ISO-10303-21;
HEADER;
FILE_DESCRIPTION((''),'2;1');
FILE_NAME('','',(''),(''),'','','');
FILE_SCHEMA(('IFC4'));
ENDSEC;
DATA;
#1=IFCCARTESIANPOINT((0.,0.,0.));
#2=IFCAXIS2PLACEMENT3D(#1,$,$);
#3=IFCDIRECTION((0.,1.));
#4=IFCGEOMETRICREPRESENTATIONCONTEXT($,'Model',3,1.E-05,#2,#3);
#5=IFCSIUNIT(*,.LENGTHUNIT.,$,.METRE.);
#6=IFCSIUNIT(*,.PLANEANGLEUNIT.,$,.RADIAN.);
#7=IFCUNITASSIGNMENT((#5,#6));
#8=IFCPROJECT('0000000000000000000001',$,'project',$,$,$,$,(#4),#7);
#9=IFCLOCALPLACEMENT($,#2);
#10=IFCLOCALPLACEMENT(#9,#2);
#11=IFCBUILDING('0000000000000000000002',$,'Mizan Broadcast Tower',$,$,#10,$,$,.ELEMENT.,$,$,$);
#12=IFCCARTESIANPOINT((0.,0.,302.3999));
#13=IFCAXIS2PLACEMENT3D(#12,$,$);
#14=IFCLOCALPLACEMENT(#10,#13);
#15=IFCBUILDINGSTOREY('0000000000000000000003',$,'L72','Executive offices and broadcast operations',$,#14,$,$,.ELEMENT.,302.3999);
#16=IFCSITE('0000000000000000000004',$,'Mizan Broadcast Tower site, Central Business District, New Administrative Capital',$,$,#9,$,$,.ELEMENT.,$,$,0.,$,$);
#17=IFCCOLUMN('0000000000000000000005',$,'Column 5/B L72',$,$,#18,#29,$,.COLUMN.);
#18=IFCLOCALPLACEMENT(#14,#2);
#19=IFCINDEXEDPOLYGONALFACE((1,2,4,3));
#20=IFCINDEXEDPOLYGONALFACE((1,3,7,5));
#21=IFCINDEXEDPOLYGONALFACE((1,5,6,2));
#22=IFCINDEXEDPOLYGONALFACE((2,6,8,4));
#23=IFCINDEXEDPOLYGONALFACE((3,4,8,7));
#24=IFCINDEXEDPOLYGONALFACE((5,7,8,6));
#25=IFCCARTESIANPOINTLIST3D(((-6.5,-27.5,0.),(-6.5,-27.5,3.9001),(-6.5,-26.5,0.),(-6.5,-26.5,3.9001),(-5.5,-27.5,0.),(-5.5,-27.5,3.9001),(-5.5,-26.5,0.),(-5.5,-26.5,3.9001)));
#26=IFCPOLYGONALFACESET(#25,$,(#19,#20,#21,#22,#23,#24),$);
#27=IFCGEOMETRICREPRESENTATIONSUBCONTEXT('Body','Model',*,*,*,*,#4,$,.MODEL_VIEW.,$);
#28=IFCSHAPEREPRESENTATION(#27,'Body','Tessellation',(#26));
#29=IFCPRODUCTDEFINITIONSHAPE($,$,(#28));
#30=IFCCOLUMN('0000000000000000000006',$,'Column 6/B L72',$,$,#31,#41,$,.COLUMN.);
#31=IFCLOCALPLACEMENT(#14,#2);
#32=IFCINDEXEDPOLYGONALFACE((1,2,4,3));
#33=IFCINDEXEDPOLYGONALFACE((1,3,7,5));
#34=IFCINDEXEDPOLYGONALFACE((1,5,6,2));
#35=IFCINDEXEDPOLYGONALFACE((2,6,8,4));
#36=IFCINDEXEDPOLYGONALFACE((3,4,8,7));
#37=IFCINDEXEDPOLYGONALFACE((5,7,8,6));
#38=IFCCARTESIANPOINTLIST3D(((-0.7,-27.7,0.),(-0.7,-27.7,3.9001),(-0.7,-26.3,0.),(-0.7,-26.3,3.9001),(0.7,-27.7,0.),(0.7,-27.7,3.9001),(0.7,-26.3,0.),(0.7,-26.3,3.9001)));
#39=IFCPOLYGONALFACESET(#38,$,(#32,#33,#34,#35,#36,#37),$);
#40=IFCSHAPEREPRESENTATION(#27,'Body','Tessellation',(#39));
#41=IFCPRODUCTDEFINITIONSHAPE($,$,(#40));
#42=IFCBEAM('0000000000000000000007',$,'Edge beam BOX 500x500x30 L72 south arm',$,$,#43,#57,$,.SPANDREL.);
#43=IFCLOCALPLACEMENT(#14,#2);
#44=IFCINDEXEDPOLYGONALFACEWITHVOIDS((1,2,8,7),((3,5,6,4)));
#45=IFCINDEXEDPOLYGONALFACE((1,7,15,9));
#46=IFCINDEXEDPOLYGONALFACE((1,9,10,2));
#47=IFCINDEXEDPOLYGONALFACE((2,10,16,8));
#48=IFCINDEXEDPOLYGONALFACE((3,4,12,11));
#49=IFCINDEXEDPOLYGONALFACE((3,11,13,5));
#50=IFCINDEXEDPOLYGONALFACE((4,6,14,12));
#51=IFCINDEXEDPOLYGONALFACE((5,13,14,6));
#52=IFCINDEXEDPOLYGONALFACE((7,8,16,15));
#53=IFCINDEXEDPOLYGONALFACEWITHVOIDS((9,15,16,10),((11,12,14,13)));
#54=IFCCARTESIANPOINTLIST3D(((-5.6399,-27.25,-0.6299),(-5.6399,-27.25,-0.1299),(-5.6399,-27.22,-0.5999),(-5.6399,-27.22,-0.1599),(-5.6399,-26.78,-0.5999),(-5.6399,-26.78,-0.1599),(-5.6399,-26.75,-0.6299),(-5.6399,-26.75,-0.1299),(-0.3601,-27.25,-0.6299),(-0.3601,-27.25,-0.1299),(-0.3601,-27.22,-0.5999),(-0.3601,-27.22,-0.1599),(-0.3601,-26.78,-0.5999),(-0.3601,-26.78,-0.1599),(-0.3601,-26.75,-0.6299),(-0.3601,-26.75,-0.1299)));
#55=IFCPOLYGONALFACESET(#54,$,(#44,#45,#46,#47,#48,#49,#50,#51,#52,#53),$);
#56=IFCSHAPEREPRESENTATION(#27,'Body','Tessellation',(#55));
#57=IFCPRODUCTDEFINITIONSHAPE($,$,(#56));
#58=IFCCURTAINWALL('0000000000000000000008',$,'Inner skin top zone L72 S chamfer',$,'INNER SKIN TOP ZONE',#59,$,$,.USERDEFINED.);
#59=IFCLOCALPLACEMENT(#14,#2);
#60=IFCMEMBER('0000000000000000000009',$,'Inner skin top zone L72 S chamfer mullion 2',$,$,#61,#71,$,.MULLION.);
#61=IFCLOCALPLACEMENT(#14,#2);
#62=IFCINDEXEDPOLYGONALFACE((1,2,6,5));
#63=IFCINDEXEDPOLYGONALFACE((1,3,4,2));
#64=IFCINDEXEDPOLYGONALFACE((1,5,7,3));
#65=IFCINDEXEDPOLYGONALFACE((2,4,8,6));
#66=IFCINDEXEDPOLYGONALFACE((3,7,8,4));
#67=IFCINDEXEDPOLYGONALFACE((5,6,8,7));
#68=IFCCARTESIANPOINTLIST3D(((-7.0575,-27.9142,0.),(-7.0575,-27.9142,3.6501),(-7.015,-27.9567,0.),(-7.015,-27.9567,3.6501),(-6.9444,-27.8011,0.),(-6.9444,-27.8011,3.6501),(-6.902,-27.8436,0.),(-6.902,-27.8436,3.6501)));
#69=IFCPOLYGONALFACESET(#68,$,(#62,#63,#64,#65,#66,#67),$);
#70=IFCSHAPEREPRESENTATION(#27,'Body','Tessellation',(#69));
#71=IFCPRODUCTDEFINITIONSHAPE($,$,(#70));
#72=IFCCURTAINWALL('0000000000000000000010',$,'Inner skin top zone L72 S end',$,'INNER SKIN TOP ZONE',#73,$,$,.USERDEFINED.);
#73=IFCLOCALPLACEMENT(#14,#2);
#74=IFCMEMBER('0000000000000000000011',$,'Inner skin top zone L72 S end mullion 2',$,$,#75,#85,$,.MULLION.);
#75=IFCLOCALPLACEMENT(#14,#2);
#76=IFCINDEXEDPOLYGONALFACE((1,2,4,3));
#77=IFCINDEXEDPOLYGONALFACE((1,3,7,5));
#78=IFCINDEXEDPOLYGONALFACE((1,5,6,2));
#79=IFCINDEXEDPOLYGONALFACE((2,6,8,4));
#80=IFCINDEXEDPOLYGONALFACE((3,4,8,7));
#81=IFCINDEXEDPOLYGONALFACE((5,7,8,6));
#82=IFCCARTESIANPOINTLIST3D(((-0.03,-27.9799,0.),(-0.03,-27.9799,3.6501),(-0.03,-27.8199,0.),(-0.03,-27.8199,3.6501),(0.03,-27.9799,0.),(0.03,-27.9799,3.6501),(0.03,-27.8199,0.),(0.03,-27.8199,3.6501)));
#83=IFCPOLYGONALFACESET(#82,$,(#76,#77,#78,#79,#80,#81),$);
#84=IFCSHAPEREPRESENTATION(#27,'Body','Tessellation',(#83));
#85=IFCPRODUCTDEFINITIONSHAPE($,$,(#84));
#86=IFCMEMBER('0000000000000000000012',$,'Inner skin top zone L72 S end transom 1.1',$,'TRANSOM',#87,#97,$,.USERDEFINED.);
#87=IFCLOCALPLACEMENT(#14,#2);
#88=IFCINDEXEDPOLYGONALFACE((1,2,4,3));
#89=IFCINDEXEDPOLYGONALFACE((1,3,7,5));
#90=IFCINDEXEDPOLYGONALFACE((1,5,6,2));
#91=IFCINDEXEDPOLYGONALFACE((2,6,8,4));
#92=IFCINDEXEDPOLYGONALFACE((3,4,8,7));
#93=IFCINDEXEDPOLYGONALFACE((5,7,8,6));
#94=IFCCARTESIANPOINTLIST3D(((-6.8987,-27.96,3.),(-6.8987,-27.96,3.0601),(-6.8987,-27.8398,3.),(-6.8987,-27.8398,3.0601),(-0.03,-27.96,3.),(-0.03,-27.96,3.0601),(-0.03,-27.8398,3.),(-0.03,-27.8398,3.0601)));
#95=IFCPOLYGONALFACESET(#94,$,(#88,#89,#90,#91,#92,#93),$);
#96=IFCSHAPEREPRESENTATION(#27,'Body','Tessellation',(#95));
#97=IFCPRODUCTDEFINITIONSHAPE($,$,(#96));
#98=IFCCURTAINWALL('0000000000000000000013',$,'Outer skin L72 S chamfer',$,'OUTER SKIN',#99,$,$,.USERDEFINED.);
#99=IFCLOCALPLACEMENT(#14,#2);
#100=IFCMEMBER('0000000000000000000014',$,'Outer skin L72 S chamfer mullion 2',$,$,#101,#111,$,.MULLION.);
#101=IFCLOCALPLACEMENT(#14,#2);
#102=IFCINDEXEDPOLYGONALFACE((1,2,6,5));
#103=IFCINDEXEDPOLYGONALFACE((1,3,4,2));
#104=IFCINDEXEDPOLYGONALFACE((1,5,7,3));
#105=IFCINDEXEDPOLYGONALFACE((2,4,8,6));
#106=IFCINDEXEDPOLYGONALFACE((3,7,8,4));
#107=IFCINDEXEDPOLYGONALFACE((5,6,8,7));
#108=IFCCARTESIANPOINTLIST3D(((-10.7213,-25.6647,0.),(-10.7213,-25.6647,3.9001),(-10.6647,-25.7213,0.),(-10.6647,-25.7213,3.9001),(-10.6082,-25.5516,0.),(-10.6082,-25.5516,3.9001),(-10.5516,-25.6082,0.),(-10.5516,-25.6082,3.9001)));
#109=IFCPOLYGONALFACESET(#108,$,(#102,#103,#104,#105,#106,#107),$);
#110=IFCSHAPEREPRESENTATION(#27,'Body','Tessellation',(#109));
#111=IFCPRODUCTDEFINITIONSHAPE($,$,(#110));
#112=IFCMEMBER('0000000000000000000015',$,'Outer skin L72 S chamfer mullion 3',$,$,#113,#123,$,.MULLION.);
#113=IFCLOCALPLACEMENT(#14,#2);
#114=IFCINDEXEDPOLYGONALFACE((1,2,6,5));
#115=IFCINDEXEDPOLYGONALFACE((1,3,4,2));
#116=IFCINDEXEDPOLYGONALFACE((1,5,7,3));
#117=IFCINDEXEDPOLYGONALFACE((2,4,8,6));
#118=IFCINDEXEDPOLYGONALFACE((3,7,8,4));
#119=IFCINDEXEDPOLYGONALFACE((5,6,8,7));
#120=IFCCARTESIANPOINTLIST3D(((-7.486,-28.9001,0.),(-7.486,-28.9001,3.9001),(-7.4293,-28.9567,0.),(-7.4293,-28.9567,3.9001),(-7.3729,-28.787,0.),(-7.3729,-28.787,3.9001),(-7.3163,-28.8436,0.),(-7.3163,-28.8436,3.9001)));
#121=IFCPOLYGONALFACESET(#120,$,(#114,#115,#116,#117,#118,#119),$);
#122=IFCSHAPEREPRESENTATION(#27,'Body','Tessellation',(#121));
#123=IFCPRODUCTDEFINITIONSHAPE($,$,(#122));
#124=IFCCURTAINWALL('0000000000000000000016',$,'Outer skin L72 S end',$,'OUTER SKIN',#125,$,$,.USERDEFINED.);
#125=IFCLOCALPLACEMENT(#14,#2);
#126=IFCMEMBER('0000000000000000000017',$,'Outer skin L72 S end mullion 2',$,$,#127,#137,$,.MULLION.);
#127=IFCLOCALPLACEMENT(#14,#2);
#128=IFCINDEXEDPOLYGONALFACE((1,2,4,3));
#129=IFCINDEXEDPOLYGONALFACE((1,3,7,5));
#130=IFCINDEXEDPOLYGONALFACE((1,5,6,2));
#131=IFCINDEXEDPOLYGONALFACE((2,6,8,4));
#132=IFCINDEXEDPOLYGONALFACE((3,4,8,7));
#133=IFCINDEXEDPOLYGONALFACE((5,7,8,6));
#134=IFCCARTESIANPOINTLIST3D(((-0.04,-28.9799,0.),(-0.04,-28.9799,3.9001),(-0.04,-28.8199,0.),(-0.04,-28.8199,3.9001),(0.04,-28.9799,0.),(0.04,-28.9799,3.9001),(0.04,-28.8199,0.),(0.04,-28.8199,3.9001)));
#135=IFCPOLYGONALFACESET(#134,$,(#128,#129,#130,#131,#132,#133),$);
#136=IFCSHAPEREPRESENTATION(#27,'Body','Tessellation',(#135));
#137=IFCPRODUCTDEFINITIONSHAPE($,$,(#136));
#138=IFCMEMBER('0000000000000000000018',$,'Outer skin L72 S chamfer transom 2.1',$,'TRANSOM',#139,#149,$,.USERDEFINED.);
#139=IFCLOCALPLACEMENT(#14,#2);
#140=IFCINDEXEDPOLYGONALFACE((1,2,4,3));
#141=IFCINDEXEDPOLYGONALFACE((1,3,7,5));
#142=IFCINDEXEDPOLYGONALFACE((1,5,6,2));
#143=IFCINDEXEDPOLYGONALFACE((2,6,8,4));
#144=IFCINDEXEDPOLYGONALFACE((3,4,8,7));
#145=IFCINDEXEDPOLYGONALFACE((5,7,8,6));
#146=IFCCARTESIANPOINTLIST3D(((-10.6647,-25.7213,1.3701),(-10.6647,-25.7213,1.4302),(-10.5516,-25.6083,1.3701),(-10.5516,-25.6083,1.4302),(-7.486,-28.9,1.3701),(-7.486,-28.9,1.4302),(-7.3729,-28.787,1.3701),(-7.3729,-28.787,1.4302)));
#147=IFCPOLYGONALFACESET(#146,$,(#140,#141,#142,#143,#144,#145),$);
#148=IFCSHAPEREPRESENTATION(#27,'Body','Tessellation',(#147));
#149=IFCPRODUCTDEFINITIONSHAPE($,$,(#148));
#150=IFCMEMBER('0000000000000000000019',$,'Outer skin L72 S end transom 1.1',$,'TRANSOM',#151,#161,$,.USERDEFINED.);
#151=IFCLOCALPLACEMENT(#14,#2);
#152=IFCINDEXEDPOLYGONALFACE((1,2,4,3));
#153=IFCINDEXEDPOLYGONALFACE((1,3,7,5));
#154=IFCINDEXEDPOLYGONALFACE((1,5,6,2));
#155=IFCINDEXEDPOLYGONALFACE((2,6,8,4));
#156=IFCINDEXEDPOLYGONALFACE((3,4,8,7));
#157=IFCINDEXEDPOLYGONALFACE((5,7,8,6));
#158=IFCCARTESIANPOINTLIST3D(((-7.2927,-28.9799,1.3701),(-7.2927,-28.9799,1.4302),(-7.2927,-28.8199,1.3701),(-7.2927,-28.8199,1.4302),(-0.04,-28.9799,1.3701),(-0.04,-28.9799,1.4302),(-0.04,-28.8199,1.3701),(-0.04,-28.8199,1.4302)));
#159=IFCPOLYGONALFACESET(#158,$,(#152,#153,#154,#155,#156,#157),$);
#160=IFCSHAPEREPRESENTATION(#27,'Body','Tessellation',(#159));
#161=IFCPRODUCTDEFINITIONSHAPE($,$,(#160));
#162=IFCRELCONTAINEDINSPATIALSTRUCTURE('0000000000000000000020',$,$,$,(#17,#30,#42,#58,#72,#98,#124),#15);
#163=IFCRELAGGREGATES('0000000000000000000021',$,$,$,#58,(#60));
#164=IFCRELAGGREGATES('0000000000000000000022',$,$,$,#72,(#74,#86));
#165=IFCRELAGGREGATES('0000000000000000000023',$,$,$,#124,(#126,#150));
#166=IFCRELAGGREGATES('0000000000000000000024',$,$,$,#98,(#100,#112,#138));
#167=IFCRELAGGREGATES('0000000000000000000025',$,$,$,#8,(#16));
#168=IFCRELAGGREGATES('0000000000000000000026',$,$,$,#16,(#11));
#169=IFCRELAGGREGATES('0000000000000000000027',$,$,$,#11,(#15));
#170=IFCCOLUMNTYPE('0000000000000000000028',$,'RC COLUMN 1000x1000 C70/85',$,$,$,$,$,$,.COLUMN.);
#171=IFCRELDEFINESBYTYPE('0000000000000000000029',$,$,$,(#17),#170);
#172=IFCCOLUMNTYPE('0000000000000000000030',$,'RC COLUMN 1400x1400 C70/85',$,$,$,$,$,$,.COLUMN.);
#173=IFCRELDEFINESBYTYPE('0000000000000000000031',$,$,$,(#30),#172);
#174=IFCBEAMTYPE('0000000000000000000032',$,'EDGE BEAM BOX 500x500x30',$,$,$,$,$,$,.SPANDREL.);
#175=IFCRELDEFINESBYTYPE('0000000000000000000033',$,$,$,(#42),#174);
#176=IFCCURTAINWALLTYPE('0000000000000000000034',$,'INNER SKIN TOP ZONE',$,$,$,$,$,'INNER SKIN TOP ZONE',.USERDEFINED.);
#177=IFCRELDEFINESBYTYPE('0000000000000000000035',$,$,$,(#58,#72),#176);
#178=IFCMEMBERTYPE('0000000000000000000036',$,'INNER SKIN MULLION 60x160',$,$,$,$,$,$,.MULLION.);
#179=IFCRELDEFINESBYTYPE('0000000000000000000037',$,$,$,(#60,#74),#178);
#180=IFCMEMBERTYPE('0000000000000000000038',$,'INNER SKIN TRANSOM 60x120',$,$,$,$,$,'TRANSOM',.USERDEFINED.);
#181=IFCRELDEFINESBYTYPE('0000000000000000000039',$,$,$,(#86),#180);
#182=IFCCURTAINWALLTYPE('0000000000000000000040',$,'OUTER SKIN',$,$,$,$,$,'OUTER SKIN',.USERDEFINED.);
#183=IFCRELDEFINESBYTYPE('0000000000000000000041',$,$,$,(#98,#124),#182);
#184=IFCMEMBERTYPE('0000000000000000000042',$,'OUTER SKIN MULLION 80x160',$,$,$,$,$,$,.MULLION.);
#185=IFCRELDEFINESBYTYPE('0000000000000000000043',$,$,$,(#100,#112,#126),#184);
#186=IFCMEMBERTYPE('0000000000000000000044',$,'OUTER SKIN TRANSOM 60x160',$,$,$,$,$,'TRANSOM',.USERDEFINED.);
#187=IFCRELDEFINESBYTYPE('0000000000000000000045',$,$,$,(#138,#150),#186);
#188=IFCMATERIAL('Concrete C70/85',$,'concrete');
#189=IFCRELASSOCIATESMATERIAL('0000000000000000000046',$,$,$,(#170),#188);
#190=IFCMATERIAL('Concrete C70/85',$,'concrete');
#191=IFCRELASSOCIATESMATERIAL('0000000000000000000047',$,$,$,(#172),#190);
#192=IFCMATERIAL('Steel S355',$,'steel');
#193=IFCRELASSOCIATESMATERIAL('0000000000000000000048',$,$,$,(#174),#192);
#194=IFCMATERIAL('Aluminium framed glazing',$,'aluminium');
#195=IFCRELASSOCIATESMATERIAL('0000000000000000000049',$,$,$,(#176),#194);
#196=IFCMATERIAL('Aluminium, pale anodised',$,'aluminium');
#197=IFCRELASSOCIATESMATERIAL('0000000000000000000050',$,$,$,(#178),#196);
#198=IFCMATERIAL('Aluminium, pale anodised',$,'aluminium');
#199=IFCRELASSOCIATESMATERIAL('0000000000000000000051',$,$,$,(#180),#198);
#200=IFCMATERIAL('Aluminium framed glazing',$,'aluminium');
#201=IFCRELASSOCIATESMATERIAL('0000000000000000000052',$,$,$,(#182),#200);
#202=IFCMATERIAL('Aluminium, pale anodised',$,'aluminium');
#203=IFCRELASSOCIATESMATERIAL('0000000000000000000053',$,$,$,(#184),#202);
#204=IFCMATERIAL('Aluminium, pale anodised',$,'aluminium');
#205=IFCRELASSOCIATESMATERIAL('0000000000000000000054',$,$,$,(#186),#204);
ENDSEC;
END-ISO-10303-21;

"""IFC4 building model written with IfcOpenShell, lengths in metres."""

from ifc_helpers import new_model, si_unit, direction, frame, origin, origin_2d, place, context, subcontext, project, spatial, rectangle, hollow_rectangle, extrude, material, material_profile, profile_set, type_object, element, aggregate, save


model = new_model("IFC4")

# Units and contexts
model_context = context("Model", 3, precision=1e-05, world=origin(), true_north=direction((0.0, 1.0)))
body_context = subcontext(model_context, "Body", "Model", "MODEL_VIEW")
ifc_project = project(units=[si_unit("LENGTHUNIT", "METRE"), si_unit("PLANEANGLEUNIT", "RADIAN")], contexts=[model_context])

# Site, building, storey
site_placement = place(None, origin())
site = spatial("IfcSite", under=ifc_project, at=site_placement, Name="Mizan Broadcast Tower site, Central Business District, New Administrative Capital", CompositionType="ELEMENT", RefElevation=0.0)
building_placement = place(site_placement, origin())
building = spatial("IfcBuilding", under=site, at=building_placement, Name="Mizan Broadcast Tower", CompositionType="ELEMENT")
storey_placement = place(building_placement, frame((0.0, 0.0, 302.3999)))
storey = spatial("IfcBuildingStorey", under=building, at=storey_placement, Name="L72", Description="Executive offices and broadcast operations", CompositionType="ELEMENT", Elevation=302.3999)

# Columns
ifc_material_1 = material(Name="Concrete C70/85", Category="concrete")
ifc_material_profile_1 = material_profile(ifc_material_1, rectangle(XDim=1.0, YDim=1.0, at=origin_2d()), Name="RC 1000x1000")
ifc_profile_set_1 = profile_set([ifc_material_profile_1], Name="Concrete C70/85")
column_type_1 = type_object("IfcColumnType", Name="RC COLUMN 1000x1000 C70/85", PredefinedType="COLUMN", material=ifc_profile_set_1)
column_1_placement = place(storey_placement, frame((-6.0, -27.0, 0.0), z_axis=(0.0, 0.0, 1.0), x_axis=(1.0, 0.0, 0.0)))
element("IfcColumn", 1, at=column_1_placement, inside=storey, type_object=column_type_1, Name="Column 5/B L72", PredefinedType="COLUMN", context=body_context, shape_type="SweptSolid", body=[
    extrude(rectangle(XDim=1.0, YDim=1.0, at=origin_2d()), origin(), (0.0, 0.0, 1.0), 3.9001),
])
ifc_material_2 = material(Name="Concrete C70/85", Category="concrete")
ifc_material_profile_2 = material_profile(ifc_material_2, rectangle(XDim=1.3999, YDim=1.3999, at=origin_2d()), Name="RC 1400x1400")
ifc_profile_set_2 = profile_set([ifc_material_profile_2], Name="Concrete C70/85")
column_type_2 = type_object("IfcColumnType", Name="RC COLUMN 1400x1400 C70/85", PredefinedType="COLUMN", material=ifc_profile_set_2)
column_2_placement = place(storey_placement, frame((0.0, -27.0, 0.0), z_axis=(0.0, 0.0, 1.0), x_axis=(1.0, 0.0, 0.0)))
element("IfcColumn", 2, at=column_2_placement, inside=storey, type_object=column_type_2, Name="Column 6/B L72", PredefinedType="COLUMN", context=body_context, shape_type="SweptSolid", body=[
    extrude(rectangle(XDim=1.3999, YDim=1.3999, at=origin_2d()), origin(), (0.0, 0.0, 1.0), 3.9001),
])

# Beam
ifc_material_3 = material(Name="Steel S355", Category="steel")
ifc_material_profile_3 = material_profile(ifc_material_3, hollow_rectangle(XDim=0.5, YDim=0.5, WallThickness=0.03, at=origin_2d()), Name="BOX 500x500x30")
ifc_profile_set_3 = profile_set([ifc_material_profile_3], Name="Steel S355")
beam_type_1 = type_object("IfcBeamType", Name="EDGE BEAM BOX 500x500x30", PredefinedType="SPANDREL", material=ifc_profile_set_3)
beam_1_placement = place(storey_placement, frame((-5.6399, -27.0, -0.3799), z_axis=(1.0, 0.0, 0.0), x_axis=(0.0, 1.0, 0.0)))
element("IfcBeam", 3, at=beam_1_placement, inside=storey, type_object=beam_type_1, Name="Edge beam BOX 500x500x30 L72 south arm", PredefinedType="SPANDREL", context=body_context, shape_type="SweptSolid", body=[
    extrude(hollow_rectangle(XDim=0.5, YDim=0.5, WallThickness=0.03, at=origin_2d()), origin(), (0.0, 0.0, 1.0), 5.2798),
])

# Curtain wall, member
ifc_material_4 = material(Name="Aluminium framed glazing", Category="aluminium")
curtain_wall_type_1 = type_object("IfcCurtainWallType", Name="INNER SKIN TOP ZONE", ElementType="INNER SKIN TOP ZONE", PredefinedType="USERDEFINED", material=ifc_material_4)
curtain_wall_1_placement = place(storey_placement, origin())
curtain_wall_1 = element("IfcCurtainWall", 4, at=curtain_wall_1_placement, inside=storey, type_object=curtain_wall_type_1, Name="Inner skin top zone L72 S chamfer", ObjectType="INNER SKIN TOP ZONE", PredefinedType="USERDEFINED")
ifc_material_5 = material(Name="Aluminium, pale anodised", Category="aluminium")
ifc_material_profile_4 = material_profile(ifc_material_5, rectangle(XDim=0.1599, YDim=0.0601, at=origin_2d()), Name="MULLION 160x60")
ifc_profile_set_4 = profile_set([ifc_material_profile_4], Name="Aluminium, pale anodised")
member_type_1 = type_object("IfcMemberType", Name="INNER SKIN MULLION 60x160", PredefinedType="MULLION", material=ifc_profile_set_4)
member_1_placement = place(storey_placement, frame((-6.9797, -27.8789, 0.0), z_axis=(0.0, 0.0, 1.0), x_axis=(0.707107, 0.707107, 0.0)))
member_1 = element("IfcMember", 5, at=member_1_placement, type_object=member_type_1, Name="Inner skin top zone L72 S chamfer mullion 2", PredefinedType="MULLION", context=body_context, shape_type="SweptSolid", body=[
    extrude(rectangle(XDim=0.1599, YDim=0.0601, at=origin_2d()), origin(), (0.0, 0.0, 1.0), 3.6501),
])

# Curtain walls, members
curtain_wall_2_placement = place(storey_placement, origin())
curtain_wall_2 = element("IfcCurtainWall", 6, at=curtain_wall_2_placement, inside=storey, type_object=curtain_wall_type_1, Name="Inner skin top zone L72 S end", ObjectType="INNER SKIN TOP ZONE", PredefinedType="USERDEFINED")
member_2_placement = place(storey_placement, frame((0.0, -27.8999, 0.0), z_axis=(0.0, 0.0, 1.0), x_axis=(0.0, 1.0, 0.0)))
member_2 = element("IfcMember", 7, at=member_2_placement, type_object=member_type_1, Name="Inner skin top zone L72 S end mullion 2", PredefinedType="MULLION", context=body_context, shape_type="SweptSolid", body=[
    extrude(rectangle(XDim=0.1599, YDim=0.0601, at=origin_2d()), origin(), (0.0, 0.0, 1.0), 3.6501),
])
ifc_material_6 = material(Name="Aluminium, pale anodised", Category="aluminium")
ifc_material_profile_5 = material_profile(ifc_material_6, rectangle(XDim=0.1201, YDim=0.0601, at=origin_2d()), Name="TRANSOM 120x60")
ifc_profile_set_5 = profile_set([ifc_material_profile_5], Name="Aluminium, pale anodised")
member_type_2 = type_object("IfcMemberType", Name="INNER SKIN TRANSOM 60x120", ElementType="TRANSOM", PredefinedType="USERDEFINED", material=ifc_profile_set_5)
member_3_placement = place(storey_placement, frame((-6.8987, -27.8999, 3.03), z_axis=(1.0, 0.0, 0.0), x_axis=(0.0, 1.0, 0.0)))
member_3 = element("IfcMember", 8, at=member_3_placement, type_object=member_type_2, Name="Inner skin top zone L72 S end transom 1.1", ObjectType="TRANSOM", PredefinedType="USERDEFINED", context=body_context, shape_type="SweptSolid", body=[
    extrude(rectangle(XDim=0.1201, YDim=0.0601, at=origin_2d()), origin(), (0.0, 0.0, 1.0), 6.8687),
])
ifc_material_7 = material(Name="Aluminium framed glazing", Category="aluminium")
curtain_wall_type_2 = type_object("IfcCurtainWallType", Name="OUTER SKIN", ElementType="OUTER SKIN", PredefinedType="USERDEFINED", material=ifc_material_7)
curtain_wall_3_placement = place(storey_placement, origin())
curtain_wall_3 = element("IfcCurtainWall", 9, at=curtain_wall_3_placement, inside=storey, type_object=curtain_wall_type_2, Name="Outer skin L72 S chamfer", ObjectType="OUTER SKIN", PredefinedType="USERDEFINED")
ifc_material_8 = material(Name="Aluminium, pale anodised", Category="aluminium")
ifc_material_profile_6 = material_profile(ifc_material_8, rectangle(XDim=0.1599, YDim=0.0801, at=origin_2d()), Name="MULLION 160x80")
ifc_profile_set_6 = profile_set([ifc_material_profile_6], Name="Aluminium, pale anodised")
member_type_3 = type_object("IfcMemberType", Name="OUTER SKIN MULLION 80x160", PredefinedType="MULLION", material=ifc_profile_set_6)
member_4_placement = place(storey_placement, frame((-10.6365, -25.6365, 0.0), z_axis=(0.0, 0.0, 1.0), x_axis=(0.707107, 0.707107, 0.0)))
member_4 = element("IfcMember", 10, at=member_4_placement, type_object=member_type_3, Name="Outer skin L72 S chamfer mullion 2", PredefinedType="MULLION", context=body_context, shape_type="SweptSolid", body=[
    extrude(rectangle(XDim=0.1599, YDim=0.0801, at=origin_2d()), origin(), (0.0, 0.0, 1.0), 3.9001),
])
member_5_placement = place(storey_placement, frame((-7.4011, -28.8718, 0.0), z_axis=(0.0, 0.0, 1.0), x_axis=(0.707107, 0.707107, 0.0)))
member_5 = element("IfcMember", 11, at=member_5_placement, type_object=member_type_3, Name="Outer skin L72 S chamfer mullion 3", PredefinedType="MULLION", context=body_context, shape_type="SweptSolid", body=[
    extrude(rectangle(XDim=0.1599, YDim=0.0801, at=origin_2d()), origin(), (0.0, 0.0, 1.0), 3.9001),
])

# Curtain wall, member
curtain_wall_4_placement = place(storey_placement, origin())
curtain_wall_4 = element("IfcCurtainWall", 12, at=curtain_wall_4_placement, inside=storey, type_object=curtain_wall_type_2, Name="Outer skin L72 S end", ObjectType="OUTER SKIN", PredefinedType="USERDEFINED")
member_6_placement = place(storey_placement, frame((0.0, -28.8999, 0.0), z_axis=(0.0, 0.0, 1.0), x_axis=(0.0, 1.0, 0.0)))
member_6 = element("IfcMember", 13, at=member_6_placement, type_object=member_type_3, Name="Outer skin L72 S end mullion 2", PredefinedType="MULLION", context=body_context, shape_type="SweptSolid", body=[
    extrude(rectangle(XDim=0.1599, YDim=0.0801, at=origin_2d()), origin(), (0.0, 0.0, 1.0), 3.9001),
])

# Members
ifc_material_9 = material(Name="Aluminium, pale anodised", Category="aluminium")
ifc_material_profile_7 = material_profile(ifc_material_9, rectangle(XDim=0.1599, YDim=0.0601, at=origin_2d()), Name="TRANSOM 160x60")
ifc_profile_set_7 = profile_set([ifc_material_profile_7], Name="Aluminium, pale anodised")
member_type_4 = type_object("IfcMemberType", Name="OUTER SKIN TRANSOM 60x160", ElementType="TRANSOM", PredefinedType="USERDEFINED", material=ifc_profile_set_7)
member_7_placement = place(storey_placement, frame((-10.6082, -25.6648, 1.4001), z_axis=(0.707107, -0.707107, 0.0), x_axis=(0.707107, 0.707107, 0.0)))
member_7 = element("IfcMember", 14, at=member_7_placement, type_object=member_type_4, Name="Outer skin L72 S chamfer transom 2.1", ObjectType="TRANSOM", PredefinedType="USERDEFINED", context=body_context, shape_type="SweptSolid", body=[
    extrude(rectangle(XDim=0.1599, YDim=0.0601, at=origin_2d()), origin(), (0.0, 0.0, 1.0), 4.4954),
])
member_8_placement = place(storey_placement, frame((-7.2927, -28.8999, 1.4001), z_axis=(1.0, 0.0, 0.0), x_axis=(0.0, 1.0, 0.0)))
member_8 = element("IfcMember", 15, at=member_8_placement, type_object=member_type_4, Name="Outer skin L72 S end transom 1.1", ObjectType="TRANSOM", PredefinedType="USERDEFINED", context=body_context, shape_type="SweptSolid", body=[
    extrude(rectangle(XDim=0.1599, YDim=0.0601, at=origin_2d()), origin(), (0.0, 0.0, 1.0), 7.2527),
])

aggregate(curtain_wall_1, [member_1])
aggregate(curtain_wall_2, [member_2, member_3])
aggregate(curtain_wall_4, [member_6, member_8])
aggregate(curtain_wall_3, [member_4, member_5, member_7])

save(model, "model.ifc")
